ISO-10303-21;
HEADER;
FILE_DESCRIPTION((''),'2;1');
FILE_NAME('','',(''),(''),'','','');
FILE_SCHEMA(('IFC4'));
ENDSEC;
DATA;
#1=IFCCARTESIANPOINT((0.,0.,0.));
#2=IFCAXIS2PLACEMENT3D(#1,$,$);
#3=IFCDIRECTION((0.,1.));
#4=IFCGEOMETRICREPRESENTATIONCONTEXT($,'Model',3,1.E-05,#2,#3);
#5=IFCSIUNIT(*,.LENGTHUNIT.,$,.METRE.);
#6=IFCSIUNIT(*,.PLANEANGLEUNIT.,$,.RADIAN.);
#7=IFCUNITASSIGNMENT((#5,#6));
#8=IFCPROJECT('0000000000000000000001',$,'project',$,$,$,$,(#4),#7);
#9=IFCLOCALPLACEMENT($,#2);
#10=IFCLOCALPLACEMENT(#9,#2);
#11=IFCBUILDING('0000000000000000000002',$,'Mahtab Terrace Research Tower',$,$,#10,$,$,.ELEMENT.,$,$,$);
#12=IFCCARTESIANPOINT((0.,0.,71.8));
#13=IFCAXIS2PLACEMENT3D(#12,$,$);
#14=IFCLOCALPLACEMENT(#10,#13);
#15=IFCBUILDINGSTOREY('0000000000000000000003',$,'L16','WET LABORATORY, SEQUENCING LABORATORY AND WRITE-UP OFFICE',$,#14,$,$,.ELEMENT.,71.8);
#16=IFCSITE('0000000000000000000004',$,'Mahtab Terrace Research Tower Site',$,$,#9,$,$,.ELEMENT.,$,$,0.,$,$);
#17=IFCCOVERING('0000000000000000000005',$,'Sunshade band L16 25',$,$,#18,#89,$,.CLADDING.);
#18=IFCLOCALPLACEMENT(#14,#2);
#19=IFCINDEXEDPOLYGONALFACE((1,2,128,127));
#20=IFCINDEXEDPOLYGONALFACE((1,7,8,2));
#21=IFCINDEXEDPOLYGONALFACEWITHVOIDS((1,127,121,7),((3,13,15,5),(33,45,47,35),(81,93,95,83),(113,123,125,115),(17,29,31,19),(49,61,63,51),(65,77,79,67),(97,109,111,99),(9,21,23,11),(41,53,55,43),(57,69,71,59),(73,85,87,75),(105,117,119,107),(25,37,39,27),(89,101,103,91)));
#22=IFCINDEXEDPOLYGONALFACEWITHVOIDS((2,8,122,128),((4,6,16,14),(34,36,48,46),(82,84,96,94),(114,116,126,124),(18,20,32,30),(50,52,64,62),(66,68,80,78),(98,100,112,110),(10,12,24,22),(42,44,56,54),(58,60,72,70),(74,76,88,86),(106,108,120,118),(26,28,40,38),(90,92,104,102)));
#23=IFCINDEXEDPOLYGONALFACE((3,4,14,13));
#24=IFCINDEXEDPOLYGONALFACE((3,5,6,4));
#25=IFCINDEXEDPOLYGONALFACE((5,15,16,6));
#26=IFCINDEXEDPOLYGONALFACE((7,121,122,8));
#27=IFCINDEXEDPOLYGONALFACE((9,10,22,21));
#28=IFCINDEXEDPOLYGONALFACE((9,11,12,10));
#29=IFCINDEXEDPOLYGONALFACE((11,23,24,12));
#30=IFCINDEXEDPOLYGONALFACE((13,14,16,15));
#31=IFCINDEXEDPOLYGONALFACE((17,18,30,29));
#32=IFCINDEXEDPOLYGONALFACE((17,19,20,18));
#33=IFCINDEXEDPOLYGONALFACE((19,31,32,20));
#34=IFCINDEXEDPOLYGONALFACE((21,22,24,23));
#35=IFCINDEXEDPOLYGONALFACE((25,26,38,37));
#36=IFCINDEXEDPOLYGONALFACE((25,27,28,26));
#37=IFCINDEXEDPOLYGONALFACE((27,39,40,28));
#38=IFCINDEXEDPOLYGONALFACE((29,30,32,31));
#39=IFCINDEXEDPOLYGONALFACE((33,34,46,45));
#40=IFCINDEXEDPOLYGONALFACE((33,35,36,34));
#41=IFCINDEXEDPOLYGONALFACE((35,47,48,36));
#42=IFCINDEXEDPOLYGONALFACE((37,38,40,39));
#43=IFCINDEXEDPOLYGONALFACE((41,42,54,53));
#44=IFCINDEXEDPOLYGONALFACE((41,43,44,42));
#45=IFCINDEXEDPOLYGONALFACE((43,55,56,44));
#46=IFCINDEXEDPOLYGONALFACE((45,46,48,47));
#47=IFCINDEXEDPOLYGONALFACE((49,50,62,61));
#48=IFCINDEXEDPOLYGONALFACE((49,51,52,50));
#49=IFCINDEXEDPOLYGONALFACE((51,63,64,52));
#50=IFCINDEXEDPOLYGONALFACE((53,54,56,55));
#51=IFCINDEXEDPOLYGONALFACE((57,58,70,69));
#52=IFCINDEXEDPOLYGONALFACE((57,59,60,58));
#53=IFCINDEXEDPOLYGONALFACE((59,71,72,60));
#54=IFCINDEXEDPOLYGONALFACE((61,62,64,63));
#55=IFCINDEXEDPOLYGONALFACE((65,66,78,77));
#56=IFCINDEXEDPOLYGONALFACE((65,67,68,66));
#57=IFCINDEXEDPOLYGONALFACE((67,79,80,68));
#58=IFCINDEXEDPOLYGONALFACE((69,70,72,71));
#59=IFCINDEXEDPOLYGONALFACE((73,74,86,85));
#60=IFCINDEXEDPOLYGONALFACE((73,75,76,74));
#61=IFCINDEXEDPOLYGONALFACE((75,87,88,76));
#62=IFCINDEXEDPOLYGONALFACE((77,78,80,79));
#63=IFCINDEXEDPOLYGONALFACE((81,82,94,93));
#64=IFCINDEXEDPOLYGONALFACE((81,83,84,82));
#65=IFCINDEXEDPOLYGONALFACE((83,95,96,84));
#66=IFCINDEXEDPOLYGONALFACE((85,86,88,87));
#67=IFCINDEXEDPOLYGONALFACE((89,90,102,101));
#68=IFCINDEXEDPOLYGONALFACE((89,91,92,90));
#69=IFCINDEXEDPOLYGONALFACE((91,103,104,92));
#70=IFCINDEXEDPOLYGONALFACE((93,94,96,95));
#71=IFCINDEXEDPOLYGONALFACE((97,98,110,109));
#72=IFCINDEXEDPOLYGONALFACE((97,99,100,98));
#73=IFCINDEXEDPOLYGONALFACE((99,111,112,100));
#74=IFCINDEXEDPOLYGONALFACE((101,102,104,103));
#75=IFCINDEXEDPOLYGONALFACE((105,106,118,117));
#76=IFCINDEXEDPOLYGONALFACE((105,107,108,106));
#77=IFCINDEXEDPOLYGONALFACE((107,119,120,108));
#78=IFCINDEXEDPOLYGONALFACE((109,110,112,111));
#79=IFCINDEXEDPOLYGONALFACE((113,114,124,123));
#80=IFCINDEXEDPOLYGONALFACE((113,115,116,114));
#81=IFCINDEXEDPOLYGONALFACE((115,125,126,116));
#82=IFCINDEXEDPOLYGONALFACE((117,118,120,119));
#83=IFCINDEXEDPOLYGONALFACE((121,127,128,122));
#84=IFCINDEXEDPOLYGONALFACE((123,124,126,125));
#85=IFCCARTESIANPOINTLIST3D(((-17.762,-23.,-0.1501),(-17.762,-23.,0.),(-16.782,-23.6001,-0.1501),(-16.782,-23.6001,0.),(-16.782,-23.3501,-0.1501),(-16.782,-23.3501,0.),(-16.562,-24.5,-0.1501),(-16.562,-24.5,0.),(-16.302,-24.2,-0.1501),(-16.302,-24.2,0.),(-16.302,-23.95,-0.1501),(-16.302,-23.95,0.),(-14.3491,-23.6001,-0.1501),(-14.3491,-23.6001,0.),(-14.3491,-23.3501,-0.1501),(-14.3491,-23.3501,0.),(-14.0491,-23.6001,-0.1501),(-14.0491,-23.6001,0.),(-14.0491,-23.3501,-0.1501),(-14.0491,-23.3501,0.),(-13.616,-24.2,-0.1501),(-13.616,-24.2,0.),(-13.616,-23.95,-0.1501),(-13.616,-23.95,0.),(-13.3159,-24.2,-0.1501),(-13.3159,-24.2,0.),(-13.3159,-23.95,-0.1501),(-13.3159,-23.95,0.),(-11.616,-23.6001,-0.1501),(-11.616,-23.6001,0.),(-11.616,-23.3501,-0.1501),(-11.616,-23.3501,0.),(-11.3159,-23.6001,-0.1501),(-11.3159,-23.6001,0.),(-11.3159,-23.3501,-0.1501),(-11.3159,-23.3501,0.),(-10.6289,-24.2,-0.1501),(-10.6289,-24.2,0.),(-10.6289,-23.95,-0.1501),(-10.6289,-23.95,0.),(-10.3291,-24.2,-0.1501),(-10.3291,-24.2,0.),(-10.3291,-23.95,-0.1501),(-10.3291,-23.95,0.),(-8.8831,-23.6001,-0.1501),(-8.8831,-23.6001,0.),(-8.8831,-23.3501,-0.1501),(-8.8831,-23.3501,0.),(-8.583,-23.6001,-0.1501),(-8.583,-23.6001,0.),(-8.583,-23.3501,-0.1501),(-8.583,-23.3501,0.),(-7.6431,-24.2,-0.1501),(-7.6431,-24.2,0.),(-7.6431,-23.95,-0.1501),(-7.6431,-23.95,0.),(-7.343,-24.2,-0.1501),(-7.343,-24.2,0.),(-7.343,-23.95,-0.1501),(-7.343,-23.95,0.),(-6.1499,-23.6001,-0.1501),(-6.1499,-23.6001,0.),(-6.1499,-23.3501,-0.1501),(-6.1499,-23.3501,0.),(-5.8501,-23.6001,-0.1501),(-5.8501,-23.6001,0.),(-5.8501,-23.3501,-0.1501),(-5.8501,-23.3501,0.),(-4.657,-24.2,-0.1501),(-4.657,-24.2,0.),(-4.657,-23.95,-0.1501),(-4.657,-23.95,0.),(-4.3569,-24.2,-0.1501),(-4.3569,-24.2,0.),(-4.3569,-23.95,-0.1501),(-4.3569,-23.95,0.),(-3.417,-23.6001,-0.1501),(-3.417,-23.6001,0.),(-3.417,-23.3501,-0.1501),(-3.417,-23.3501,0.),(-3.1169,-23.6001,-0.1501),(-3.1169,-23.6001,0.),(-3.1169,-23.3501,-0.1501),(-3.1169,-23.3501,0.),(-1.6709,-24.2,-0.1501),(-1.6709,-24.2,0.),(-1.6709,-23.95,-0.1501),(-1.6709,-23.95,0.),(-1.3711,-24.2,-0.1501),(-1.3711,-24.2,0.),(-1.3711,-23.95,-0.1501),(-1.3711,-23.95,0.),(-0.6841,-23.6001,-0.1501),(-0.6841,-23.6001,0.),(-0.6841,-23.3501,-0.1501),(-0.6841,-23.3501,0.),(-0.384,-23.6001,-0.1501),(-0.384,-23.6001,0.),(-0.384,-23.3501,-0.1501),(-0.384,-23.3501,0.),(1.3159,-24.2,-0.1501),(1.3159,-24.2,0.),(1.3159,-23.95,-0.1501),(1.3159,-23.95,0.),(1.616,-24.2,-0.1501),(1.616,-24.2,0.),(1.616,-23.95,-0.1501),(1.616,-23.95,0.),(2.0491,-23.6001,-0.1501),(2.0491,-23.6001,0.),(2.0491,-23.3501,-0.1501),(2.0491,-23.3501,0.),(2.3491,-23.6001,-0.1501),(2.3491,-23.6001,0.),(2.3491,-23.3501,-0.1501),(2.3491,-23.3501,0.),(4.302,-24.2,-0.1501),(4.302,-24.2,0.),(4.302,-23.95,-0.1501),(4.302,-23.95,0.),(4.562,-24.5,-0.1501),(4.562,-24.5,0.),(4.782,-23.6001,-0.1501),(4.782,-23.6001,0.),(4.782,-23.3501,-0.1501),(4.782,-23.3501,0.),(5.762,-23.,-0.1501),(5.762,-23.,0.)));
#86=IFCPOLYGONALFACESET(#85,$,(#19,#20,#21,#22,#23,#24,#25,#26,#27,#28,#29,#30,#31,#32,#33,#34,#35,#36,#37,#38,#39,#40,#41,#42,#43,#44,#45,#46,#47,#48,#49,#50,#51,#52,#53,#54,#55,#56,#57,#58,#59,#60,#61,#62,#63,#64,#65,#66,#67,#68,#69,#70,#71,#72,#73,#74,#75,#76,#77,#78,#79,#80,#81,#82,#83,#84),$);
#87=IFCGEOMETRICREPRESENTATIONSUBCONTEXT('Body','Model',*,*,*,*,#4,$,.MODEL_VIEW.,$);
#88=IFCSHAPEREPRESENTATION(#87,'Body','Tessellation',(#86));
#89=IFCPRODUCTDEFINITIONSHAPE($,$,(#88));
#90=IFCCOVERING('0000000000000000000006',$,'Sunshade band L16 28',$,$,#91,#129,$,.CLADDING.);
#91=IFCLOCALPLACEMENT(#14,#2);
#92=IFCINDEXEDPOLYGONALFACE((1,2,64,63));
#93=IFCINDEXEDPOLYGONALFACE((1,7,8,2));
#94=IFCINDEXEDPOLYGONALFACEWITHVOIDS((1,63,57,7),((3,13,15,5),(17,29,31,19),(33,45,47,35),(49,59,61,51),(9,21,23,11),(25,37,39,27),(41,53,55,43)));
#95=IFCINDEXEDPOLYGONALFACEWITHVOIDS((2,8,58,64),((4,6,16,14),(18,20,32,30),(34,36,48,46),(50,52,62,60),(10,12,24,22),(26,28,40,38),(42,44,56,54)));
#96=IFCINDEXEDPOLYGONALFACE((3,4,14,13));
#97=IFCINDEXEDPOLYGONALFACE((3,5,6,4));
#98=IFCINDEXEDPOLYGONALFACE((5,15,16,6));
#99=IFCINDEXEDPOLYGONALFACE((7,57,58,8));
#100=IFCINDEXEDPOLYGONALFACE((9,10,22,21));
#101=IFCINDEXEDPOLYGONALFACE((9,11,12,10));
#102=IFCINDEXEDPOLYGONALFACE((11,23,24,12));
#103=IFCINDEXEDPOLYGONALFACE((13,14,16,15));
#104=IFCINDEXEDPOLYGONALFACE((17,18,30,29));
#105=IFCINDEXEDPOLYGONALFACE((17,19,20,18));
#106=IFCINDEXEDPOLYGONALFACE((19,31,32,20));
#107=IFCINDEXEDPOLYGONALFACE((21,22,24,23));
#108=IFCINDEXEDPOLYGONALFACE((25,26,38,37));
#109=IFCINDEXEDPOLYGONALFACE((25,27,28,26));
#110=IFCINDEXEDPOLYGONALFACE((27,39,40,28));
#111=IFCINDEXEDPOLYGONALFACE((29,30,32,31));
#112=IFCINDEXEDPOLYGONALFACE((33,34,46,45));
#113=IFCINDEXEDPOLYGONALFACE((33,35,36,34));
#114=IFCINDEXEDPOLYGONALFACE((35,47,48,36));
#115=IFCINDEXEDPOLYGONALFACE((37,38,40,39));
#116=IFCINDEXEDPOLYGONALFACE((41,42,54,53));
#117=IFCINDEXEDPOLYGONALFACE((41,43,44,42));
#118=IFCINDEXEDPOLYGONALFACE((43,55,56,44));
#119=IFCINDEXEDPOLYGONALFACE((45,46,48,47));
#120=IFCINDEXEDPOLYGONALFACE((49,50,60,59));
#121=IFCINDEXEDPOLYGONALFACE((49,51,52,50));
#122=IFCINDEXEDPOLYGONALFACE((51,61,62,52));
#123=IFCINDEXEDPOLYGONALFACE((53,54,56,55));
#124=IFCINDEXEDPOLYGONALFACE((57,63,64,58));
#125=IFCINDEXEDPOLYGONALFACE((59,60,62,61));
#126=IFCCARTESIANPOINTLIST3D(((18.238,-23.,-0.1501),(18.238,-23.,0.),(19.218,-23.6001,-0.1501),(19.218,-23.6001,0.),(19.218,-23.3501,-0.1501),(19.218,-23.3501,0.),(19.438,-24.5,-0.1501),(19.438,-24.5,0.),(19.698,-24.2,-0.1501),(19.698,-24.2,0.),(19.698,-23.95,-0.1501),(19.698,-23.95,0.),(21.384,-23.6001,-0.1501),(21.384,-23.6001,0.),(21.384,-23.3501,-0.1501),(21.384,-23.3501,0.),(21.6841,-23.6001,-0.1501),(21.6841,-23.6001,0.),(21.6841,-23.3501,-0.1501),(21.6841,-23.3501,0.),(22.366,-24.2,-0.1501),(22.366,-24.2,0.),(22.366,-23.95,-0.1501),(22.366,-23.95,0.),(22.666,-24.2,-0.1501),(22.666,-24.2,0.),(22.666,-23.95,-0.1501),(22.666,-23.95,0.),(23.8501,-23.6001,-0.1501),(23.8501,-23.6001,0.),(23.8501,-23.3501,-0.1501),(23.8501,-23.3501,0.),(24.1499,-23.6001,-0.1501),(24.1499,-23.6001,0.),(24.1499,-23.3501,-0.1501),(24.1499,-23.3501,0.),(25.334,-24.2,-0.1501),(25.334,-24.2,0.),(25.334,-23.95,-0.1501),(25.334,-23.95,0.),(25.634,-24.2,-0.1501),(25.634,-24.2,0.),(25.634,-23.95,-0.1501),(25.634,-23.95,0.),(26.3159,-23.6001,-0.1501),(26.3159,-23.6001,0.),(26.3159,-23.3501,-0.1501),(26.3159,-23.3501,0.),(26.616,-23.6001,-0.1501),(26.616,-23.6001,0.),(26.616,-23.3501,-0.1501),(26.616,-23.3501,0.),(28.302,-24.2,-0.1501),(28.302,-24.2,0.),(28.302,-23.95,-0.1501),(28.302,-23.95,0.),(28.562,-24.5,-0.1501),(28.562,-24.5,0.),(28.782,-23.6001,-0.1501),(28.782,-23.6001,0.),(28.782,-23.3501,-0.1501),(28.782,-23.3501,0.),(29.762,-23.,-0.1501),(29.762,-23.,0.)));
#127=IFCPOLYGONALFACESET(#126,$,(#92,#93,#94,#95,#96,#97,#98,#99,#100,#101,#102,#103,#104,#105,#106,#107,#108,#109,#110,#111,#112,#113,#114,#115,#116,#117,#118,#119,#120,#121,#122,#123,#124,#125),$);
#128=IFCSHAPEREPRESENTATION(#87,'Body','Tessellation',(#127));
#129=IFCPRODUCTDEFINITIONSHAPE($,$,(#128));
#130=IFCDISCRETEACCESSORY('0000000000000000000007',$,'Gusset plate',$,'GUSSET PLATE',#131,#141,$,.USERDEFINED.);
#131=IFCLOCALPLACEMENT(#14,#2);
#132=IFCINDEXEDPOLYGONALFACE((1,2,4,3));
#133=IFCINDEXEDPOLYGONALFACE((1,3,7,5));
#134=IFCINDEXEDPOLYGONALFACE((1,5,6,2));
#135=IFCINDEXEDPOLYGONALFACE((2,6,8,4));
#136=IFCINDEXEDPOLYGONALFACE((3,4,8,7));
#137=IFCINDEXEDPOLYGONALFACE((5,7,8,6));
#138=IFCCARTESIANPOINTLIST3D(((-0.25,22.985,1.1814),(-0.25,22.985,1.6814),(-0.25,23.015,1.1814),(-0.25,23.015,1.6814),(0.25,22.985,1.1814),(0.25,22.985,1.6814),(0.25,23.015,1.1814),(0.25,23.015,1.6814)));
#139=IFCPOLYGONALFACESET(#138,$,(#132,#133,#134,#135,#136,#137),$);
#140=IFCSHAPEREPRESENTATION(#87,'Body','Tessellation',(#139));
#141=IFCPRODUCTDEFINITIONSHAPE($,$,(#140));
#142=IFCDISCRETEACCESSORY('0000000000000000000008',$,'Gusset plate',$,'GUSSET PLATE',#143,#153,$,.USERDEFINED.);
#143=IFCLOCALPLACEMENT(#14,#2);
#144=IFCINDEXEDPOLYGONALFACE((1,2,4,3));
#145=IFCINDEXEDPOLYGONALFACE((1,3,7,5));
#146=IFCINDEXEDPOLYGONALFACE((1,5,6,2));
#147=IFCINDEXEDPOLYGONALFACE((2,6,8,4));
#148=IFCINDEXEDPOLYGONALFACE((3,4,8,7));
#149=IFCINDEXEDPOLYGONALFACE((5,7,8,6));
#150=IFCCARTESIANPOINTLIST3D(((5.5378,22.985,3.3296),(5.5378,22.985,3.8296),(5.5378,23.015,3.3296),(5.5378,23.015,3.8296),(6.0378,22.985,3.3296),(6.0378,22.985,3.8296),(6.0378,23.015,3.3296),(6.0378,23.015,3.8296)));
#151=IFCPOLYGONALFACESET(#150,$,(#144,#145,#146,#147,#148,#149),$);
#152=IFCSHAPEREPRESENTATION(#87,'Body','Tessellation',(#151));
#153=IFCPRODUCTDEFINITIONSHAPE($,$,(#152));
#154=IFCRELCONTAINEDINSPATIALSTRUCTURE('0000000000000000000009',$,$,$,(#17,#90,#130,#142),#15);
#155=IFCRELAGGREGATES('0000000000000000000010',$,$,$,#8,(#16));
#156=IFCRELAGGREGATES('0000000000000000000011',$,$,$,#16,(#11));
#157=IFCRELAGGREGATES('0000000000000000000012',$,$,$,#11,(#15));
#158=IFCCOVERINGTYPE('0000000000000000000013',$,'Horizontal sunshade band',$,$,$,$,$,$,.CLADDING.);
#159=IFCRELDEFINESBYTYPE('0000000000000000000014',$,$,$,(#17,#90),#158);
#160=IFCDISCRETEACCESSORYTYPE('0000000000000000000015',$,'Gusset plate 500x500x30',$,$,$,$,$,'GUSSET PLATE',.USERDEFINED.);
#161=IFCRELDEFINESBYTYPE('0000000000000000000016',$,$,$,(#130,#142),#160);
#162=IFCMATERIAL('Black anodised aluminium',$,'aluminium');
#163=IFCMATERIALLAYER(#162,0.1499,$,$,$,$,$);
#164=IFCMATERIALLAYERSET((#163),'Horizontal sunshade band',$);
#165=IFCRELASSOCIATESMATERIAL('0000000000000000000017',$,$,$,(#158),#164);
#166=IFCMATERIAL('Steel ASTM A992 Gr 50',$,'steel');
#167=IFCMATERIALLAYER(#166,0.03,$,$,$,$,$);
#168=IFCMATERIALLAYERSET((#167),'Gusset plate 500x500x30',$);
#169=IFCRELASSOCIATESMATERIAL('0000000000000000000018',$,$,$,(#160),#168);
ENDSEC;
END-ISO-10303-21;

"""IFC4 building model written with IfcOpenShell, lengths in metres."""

from ifc_helpers import new_model, si_unit, direction, frame, origin, origin_2d, place, context, subcontext, project, spatial, polyline, rectangle, outline, extrude, material, layer, layer_set, type_object, element, save


model = new_model("IFC4")

# Units and contexts
model_context = context("Model", 3, precision=1e-05, world=origin(), true_north=direction((0.0, 1.0)))
body_context = subcontext(model_context, "Body", "Model", "MODEL_VIEW")
ifc_project = project(units=[si_unit("LENGTHUNIT", "METRE"), si_unit("PLANEANGLEUNIT", "RADIAN")], contexts=[model_context])

# Site, building, storey
site_placement = place(None, origin())
site = spatial("IfcSite", under=ifc_project, at=site_placement, Name="Mahtab Terrace Research Tower Site", CompositionType="ELEMENT", RefElevation=0.0)
building_placement = place(site_placement, origin())
building = spatial("IfcBuilding", under=site, at=building_placement, Name="Mahtab Terrace Research Tower", CompositionType="ELEMENT")
storey_placement = place(building_placement, frame((0.0, 0.0, 71.8)))
storey = spatial("IfcBuildingStorey", under=building, at=storey_placement, Name="L16", Description="WET LABORATORY, SEQUENCING LABORATORY AND WRITE-UP OFFICE", CompositionType="ELEMENT", Elevation=71.8)

# Shared definitions
ifc_material_1 = material(Name="Steel ASTM A992 Gr 50", Category="steel")

# Coverings
ifc_material_2 = material(Name="Black anodised aluminium", Category="aluminium")
ifc_layer_1 = layer(ifc_material_2, 0.1499)
ifc_layer_set_1 = layer_set([ifc_layer_1], Name="Horizontal sunshade band")
covering_type_1 = type_object("IfcCoveringType", Name="Horizontal sunshade band", PredefinedType="CLADDING", material=ifc_layer_set_1)
covering_1_placement = place(storey_placement, frame((0.0, 0.0, -0.1501)))
element("IfcCovering", 1, at=covering_1_placement, inside=storey, type_object=covering_type_1, Name="Sunshade band L16 25", PredefinedType="CLADDING", context=body_context, shape_type="SweptSolid", body=[
    extrude(outline(polyline([(-17.762, -23.0), (5.762, -23.0), (4.562, -24.5), (-16.562, -24.5), (-17.762, -23.0)]), holes=[polyline([(-16.782, -23.3501), (-14.3491, -23.3501), (-14.3491, -23.6001), (-16.782, -23.6001), (-16.782, -23.3501)]), polyline([(-14.0491, -23.3501), (-11.616, -23.3501), (-11.616, -23.6001), (-14.0491, -23.6001), (-14.0491, -23.3501)]), polyline([(-11.3159, -23.3501), (-8.8831, -23.3501), (-8.8831, -23.6001), (-11.3159, -23.6001), (-11.3159, -23.3501)]), polyline([(-8.583, -23.3501), (-6.1499, -23.3501), (-6.1499, -23.6001), (-8.583, -23.6001), (-8.583, -23.3501)]), polyline([(-5.8501, -23.3501), (-3.417, -23.3501), (-3.417, -23.6001), (-5.8501, -23.6001), (-5.8501, -23.3501)]), polyline([(-3.1169, -23.3501), (-0.6841, -23.3501), (-0.6841, -23.6001), (-3.1169, -23.6001), (-3.1169, -23.3501)]), polyline([(-0.384, -23.3501), (2.0491, -23.3501), (2.0491, -23.6001), (-0.384, -23.6001), (-0.384, -23.3501)]), polyline([(2.3491, -23.3501), (4.782, -23.3501), (4.782, -23.6001), (2.3491, -23.6001), (2.3491, -23.3501)]), polyline([(-16.302, -23.95), (-13.616, -23.95), (-13.616, -24.2), (-16.302, -24.2), (-16.302, -23.95)]), polyline([(-13.3159, -23.95), (-10.6289, -23.95), (-10.6289, -24.2), (-13.3159, -24.2), (-13.3159, -23.95)]), polyline([(-10.3291, -23.95), (-7.6431, -23.95), (-7.6431, -24.2), (-10.3291, -24.2), (-10.3291, -23.95)]), polyline([(-7.343, -23.95), (-4.657, -23.95), (-4.657, -24.2), (-7.343, -24.2), (-7.343, -23.95)]), polyline([(-4.3569, -23.95), (-1.6709, -23.95), (-1.6709, -24.2), (-4.3569, -24.2), (-4.3569, -23.95)]), polyline([(-1.3711, -23.95), (1.3159, -23.95), (1.3159, -24.2), (-1.3711, -24.2), (-1.3711, -23.95)]), polyline([(1.616, -23.95), (4.302, -23.95), (4.302, -24.2), (1.616, -24.2), (1.616, -23.95)])]), origin(), (0.0, 0.0, 1.0), 0.1501),
])
covering_2_placement = place(storey_placement, frame((0.0, 0.0, -0.1501)))
element("IfcCovering", 2, at=covering_2_placement, inside=storey, type_object=covering_type_1, Name="Sunshade band L16 28", PredefinedType="CLADDING", context=body_context, shape_type="SweptSolid", body=[
    extrude(outline(polyline([(18.238, -23.0), (29.762, -23.0), (28.562, -24.5), (19.438, -24.5), (18.238, -23.0)]), holes=[polyline([(19.218, -23.3501), (21.384, -23.3501), (21.384, -23.6001), (19.218, -23.6001), (19.218, -23.3501)]), polyline([(21.6841, -23.3501), (23.8501, -23.3501), (23.8501, -23.6001), (21.6841, -23.6001), (21.6841, -23.3501)]), polyline([(24.1499, -23.3501), (26.3159, -23.3501), (26.3159, -23.6001), (24.1499, -23.6001), (24.1499, -23.3501)]), polyline([(26.616, -23.3501), (28.782, -23.3501), (28.782, -23.6001), (26.616, -23.6001), (26.616, -23.3501)]), polyline([(19.698, -23.95), (22.366, -23.95), (22.366, -24.2), (19.698, -24.2), (19.698, -23.95)]), polyline([(22.666, -23.95), (25.334, -23.95), (25.334, -24.2), (22.666, -24.2), (22.666, -23.95)]), polyline([(25.634, -23.95), (28.302, -23.95), (28.302, -24.2), (25.634, -24.2), (25.634, -23.95)])]), origin(), (0.0, 0.0, 1.0), 0.1501),
])

# Discrete accessories
ifc_layer_2 = layer(ifc_material_1, 0.03)
ifc_layer_set_2 = layer_set([ifc_layer_2], Name="Gusset plate 500x500x30")
discrete_accessory_type = type_object("IfcDiscreteAccessoryType", Name="Gusset plate 500x500x30", ElementType="GUSSET PLATE", PredefinedType="USERDEFINED", material=ifc_layer_set_2)
for number, where, z_axis, x_axis, name in (
    (3, (0.0, 23.0, 1.1814), (0.0, 0.0, 1.0), (1.0, 0.0, 0.0), "Gusset plate"),
    (4, (5.7878, 23.0, 3.3296), (0.0, 0.0, 1.0), (1.0, 0.0, 0.0), "Gusset plate"),
):
    element("IfcDiscreteAccessory", number, at=place(storey_placement, frame(where, z_axis=z_axis, x_axis=x_axis)), inside=storey, type_object=discrete_accessory_type, Name=name, ObjectType="GUSSET PLATE", PredefinedType="USERDEFINED", context=body_context, shape_type="SweptSolid", body=[
        extrude(rectangle(XDim=0.5, YDim=0.03, at=origin_2d()), origin(), (0.0, 0.0, 1.0), 0.5),
    ])

save(model, "model.ifc")
